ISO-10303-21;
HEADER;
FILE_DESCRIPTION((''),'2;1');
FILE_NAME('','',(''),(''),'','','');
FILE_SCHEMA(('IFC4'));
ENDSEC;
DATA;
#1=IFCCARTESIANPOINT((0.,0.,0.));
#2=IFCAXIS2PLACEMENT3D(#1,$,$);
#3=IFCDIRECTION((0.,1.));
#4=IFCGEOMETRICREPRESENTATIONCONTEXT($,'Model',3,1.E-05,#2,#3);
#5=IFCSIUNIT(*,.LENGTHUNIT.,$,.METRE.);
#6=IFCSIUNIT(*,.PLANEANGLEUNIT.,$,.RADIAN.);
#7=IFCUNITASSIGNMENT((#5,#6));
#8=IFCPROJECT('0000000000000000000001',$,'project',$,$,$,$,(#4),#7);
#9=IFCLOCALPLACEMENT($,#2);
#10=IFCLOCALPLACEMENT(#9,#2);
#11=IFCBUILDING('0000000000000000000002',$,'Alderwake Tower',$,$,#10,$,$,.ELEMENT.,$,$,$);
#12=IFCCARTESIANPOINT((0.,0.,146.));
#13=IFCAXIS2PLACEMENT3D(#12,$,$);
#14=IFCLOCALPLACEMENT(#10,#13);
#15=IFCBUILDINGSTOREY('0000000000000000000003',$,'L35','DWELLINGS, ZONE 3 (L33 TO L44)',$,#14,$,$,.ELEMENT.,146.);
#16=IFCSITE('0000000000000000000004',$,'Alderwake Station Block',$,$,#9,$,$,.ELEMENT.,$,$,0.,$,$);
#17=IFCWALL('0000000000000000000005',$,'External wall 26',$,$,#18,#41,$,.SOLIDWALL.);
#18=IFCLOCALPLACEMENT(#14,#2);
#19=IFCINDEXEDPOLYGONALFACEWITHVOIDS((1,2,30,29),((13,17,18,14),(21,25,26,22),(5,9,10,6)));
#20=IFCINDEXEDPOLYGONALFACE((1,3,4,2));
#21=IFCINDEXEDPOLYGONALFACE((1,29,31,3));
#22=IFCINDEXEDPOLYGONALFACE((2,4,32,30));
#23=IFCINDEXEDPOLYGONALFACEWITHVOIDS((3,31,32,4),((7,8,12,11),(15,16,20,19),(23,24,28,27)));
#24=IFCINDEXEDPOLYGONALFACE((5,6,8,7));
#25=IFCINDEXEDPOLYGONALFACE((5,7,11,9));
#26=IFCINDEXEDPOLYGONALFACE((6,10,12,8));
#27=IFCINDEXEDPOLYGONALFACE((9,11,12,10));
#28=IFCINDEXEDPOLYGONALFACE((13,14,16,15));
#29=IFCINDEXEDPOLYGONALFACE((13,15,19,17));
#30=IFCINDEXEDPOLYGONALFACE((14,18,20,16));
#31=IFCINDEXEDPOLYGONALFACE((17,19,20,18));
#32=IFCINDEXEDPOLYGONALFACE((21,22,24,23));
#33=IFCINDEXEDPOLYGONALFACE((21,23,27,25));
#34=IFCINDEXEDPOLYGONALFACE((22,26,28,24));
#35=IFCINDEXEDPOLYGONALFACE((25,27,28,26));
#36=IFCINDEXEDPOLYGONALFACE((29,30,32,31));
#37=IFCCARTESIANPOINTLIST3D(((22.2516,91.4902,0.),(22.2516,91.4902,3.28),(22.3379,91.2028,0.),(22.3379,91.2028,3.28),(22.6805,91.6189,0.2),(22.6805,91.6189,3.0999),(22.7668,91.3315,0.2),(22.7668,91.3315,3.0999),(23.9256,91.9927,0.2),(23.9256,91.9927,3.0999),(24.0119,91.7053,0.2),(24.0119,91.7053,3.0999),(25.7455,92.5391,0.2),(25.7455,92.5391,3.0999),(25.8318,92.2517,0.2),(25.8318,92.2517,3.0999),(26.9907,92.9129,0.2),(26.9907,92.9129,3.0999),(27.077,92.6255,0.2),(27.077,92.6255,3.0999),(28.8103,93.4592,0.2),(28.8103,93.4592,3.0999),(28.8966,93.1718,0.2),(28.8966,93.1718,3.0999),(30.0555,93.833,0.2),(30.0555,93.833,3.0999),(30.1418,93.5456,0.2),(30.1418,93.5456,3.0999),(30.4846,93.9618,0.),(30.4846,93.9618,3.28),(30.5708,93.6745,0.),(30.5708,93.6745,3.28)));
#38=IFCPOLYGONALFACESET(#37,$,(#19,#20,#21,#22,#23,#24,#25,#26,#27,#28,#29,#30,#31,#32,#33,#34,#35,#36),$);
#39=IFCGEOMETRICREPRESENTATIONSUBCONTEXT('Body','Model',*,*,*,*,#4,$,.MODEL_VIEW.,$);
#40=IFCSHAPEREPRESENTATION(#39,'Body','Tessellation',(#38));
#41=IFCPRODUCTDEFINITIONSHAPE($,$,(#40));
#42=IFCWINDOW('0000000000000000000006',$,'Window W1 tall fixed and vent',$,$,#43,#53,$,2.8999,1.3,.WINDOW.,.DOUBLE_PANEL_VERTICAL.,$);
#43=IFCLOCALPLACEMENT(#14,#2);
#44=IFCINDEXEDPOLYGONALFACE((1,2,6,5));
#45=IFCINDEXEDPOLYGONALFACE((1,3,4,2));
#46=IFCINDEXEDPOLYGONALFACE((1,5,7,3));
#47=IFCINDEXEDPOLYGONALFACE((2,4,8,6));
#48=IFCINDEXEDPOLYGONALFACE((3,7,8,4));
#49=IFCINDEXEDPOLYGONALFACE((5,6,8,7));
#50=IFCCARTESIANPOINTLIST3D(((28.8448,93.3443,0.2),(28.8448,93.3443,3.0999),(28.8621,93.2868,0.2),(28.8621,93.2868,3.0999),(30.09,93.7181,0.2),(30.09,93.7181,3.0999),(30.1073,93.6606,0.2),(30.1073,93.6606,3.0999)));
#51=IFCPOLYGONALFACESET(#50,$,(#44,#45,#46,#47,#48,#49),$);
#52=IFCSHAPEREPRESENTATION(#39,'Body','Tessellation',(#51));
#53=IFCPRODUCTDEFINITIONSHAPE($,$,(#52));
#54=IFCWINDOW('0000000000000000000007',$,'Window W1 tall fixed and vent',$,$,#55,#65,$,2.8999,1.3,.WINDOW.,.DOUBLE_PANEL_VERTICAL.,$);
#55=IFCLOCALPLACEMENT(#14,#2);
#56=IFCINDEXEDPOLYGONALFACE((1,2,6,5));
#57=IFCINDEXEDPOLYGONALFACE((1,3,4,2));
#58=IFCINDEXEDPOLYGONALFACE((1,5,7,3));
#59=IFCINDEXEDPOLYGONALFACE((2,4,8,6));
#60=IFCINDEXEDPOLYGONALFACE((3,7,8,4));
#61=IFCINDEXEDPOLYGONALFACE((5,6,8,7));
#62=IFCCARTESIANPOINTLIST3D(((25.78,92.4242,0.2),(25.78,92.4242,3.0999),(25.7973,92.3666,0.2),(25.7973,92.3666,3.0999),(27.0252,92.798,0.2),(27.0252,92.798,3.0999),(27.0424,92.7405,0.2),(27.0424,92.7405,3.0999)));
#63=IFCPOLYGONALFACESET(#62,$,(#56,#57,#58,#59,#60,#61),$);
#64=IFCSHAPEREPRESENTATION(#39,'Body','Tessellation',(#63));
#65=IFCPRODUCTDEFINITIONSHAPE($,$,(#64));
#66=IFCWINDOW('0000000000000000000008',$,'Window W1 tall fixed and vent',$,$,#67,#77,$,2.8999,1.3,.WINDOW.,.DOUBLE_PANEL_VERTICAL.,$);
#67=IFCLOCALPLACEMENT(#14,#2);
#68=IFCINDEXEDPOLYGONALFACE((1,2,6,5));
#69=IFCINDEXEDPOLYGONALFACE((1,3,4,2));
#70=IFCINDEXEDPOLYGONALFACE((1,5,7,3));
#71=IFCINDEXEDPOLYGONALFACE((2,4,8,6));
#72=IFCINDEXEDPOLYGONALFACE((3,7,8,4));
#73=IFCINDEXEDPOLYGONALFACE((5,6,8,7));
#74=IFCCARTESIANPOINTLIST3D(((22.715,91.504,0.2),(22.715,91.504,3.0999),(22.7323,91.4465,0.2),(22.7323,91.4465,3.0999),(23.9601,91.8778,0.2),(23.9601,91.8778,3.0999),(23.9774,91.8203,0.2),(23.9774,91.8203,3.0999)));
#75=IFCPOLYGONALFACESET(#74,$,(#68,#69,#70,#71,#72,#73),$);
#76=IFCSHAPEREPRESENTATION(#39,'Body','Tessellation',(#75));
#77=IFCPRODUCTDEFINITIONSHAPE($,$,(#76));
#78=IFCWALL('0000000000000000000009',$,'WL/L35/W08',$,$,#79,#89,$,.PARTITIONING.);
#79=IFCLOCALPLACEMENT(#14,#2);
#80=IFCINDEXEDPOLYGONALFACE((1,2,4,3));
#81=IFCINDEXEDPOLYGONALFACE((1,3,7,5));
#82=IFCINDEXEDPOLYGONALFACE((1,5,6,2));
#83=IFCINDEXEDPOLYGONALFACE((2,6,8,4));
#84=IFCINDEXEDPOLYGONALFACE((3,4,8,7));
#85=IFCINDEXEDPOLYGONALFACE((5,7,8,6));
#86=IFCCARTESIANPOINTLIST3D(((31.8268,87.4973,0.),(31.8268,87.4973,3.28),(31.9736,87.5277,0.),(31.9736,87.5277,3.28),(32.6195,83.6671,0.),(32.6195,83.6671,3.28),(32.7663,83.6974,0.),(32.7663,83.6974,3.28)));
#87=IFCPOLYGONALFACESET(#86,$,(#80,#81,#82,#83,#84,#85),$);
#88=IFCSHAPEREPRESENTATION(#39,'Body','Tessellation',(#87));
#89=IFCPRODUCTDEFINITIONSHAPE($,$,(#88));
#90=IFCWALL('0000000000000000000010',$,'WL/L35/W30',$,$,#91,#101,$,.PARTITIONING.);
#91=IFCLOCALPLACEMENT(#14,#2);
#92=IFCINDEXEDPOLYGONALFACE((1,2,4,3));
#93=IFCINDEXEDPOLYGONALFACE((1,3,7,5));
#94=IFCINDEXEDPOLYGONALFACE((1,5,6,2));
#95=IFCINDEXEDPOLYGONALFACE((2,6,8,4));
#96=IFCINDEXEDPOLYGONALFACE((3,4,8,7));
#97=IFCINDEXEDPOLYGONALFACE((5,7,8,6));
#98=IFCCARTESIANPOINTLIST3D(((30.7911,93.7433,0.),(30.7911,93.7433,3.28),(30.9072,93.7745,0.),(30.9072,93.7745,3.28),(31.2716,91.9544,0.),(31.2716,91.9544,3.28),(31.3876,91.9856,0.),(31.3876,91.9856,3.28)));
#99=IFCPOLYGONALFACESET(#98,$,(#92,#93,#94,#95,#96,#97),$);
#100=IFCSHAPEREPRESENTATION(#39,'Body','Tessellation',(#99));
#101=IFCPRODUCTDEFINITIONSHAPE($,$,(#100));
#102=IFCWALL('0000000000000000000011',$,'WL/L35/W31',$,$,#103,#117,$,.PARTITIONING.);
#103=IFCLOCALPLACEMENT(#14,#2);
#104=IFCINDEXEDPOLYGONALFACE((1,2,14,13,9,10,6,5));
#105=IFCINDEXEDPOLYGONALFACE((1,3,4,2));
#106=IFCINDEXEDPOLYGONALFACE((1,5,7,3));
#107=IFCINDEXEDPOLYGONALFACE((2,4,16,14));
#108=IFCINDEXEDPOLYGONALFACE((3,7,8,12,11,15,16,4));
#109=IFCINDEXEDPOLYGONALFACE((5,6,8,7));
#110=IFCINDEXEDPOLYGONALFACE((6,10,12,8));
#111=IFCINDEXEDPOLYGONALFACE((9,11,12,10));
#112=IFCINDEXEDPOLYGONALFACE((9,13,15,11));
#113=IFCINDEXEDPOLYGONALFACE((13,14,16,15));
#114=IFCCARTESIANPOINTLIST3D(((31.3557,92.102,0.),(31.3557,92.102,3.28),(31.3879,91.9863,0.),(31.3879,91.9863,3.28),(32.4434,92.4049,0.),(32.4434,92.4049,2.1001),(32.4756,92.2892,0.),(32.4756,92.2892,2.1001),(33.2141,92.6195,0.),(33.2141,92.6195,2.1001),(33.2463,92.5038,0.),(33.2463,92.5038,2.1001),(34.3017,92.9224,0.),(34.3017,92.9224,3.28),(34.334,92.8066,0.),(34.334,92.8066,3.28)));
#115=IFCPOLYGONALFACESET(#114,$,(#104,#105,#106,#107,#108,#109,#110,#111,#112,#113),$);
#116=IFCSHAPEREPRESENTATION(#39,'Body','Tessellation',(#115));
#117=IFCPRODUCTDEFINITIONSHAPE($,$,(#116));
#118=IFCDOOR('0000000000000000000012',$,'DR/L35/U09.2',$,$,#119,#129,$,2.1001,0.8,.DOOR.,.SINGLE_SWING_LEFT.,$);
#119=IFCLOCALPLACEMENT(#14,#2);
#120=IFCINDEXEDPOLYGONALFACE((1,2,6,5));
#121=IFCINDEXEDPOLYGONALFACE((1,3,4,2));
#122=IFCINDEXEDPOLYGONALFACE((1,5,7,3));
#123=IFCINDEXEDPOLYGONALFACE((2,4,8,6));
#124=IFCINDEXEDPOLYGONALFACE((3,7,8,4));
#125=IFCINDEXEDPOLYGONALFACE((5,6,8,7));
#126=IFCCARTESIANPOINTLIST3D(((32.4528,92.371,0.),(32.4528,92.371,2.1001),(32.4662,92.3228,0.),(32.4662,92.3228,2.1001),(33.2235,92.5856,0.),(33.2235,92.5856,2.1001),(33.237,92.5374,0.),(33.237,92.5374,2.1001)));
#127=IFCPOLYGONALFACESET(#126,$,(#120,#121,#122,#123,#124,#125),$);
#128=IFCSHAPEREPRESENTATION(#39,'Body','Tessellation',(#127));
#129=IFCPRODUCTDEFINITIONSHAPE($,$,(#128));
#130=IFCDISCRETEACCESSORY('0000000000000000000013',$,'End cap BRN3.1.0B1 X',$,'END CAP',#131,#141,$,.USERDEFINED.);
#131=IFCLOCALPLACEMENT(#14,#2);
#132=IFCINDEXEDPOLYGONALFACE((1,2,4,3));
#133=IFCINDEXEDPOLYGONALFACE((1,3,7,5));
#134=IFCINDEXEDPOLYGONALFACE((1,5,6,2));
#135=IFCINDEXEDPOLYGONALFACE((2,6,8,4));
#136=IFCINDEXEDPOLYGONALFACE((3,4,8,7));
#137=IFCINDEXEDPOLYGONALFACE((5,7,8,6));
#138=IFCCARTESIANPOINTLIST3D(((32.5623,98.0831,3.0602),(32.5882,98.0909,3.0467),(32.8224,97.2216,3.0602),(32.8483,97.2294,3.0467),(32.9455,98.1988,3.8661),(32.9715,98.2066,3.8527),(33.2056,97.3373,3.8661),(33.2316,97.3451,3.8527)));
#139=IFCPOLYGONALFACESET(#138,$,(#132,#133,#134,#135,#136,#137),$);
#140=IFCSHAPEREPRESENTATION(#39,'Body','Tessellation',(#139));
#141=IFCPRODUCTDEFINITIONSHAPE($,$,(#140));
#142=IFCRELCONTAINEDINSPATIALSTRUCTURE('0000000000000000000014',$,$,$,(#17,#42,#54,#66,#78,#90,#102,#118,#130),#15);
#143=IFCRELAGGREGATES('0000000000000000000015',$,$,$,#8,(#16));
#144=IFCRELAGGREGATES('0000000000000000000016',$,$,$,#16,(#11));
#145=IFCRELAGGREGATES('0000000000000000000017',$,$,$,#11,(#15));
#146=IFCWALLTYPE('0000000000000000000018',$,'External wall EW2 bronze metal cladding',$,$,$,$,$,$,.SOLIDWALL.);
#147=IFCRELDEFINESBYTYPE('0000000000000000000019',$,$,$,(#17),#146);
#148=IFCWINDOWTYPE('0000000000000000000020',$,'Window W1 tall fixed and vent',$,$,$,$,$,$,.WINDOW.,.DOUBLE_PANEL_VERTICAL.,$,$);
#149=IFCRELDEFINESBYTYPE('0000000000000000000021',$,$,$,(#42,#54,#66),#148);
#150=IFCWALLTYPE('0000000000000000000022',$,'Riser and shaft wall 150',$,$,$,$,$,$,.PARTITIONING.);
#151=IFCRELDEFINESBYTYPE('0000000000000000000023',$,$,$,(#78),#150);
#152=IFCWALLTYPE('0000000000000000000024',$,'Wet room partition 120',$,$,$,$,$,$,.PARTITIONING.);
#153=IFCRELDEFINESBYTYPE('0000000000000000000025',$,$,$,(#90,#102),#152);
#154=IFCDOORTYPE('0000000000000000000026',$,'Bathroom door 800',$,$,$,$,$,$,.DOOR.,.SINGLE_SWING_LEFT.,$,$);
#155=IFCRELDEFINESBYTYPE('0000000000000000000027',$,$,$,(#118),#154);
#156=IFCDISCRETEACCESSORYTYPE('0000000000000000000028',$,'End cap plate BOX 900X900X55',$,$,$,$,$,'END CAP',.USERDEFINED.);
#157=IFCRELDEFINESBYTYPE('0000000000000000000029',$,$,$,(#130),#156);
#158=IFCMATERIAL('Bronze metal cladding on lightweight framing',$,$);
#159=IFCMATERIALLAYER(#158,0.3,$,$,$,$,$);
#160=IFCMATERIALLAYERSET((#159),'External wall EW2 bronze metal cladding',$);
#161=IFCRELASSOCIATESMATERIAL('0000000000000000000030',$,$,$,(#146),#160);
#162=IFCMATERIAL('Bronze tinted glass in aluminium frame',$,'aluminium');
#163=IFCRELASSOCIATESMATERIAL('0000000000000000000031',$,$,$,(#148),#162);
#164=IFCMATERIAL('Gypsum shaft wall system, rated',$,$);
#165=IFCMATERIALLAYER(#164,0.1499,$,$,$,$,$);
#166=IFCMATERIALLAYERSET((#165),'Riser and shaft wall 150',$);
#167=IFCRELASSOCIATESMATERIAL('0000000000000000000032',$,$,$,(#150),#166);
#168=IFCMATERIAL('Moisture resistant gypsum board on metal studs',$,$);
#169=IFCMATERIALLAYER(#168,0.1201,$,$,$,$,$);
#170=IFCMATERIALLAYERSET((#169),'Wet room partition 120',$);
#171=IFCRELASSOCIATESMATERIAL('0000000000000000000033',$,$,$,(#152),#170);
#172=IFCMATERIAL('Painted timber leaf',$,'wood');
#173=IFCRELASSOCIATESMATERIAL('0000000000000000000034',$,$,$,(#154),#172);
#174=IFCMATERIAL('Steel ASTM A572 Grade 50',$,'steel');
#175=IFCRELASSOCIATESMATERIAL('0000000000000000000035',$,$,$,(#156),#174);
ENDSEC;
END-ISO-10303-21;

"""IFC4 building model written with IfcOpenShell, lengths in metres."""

from ifc_helpers import new_model, si_unit, direction, frame, frame_2d, origin, origin_2d, place, context, subcontext, project, spatial, rectangle, extrude, material, layer, layer_set, material_profile, profile_set, type_object, element, fill, save


model = new_model("IFC4")

# Units and contexts
model_context = context("Model", 3, precision=1e-05, world=origin(), true_north=direction((0.0, 1.0)))
body_context = subcontext(model_context, "Body", "Model", "MODEL_VIEW")
ifc_project = project(units=[si_unit("LENGTHUNIT", "METRE"), si_unit("PLANEANGLEUNIT", "RADIAN")], contexts=[model_context])

# Site, building, storey
site_placement = place(None, origin())
site = spatial("IfcSite", under=ifc_project, at=site_placement, Name="Alderwake Station Block", CompositionType="ELEMENT", RefElevation=0.0)
building_placement = place(site_placement, origin())
building = spatial("IfcBuilding", under=site, at=building_placement, Name="Alderwake Tower", CompositionType="ELEMENT")
storey_placement = place(building_placement, frame((0.0, 0.0, 146.0)))
storey = spatial("IfcBuildingStorey", under=building, at=storey_placement, Name="L35", Description="DWELLINGS, ZONE 3 (L33 TO L44)", CompositionType="ELEMENT", Elevation=146.0)

# Wall, openings, windows
ifc_material_1 = material(Name="Bronze metal cladding on lightweight framing")
ifc_layer_1 = layer(ifc_material_1, 0.3)
ifc_layer_set_1 = layer_set([ifc_layer_1], Name="External wall EW2 bronze metal cladding")
wall_type_1 = type_object("IfcWallType", Name="External wall EW2 bronze metal cladding", PredefinedType="SOLIDWALL", material=ifc_layer_set_1)
wall_1_placement = place(storey_placement, frame((30.5276, 93.8181, 0.0), z_axis=(0.0, 0.0, 1.0), x_axis=(-0.957768, -0.287541, 0.0)))
wall_1 = element("IfcWall", 1, at=wall_1_placement, inside=storey, type_object=wall_type_1, Name="External wall 26", PredefinedType="SOLIDWALL", context=body_context, shape_type="SweptSolid", body=[
    extrude(rectangle(XDim=8.5959, YDim=0.3, at=frame_2d((4.2979, 0.0))), origin(), (0.0, 0.0, 1.0), 3.28),
])
opening_1_placement = place(wall_1_placement, frame((0.448, 0.0, 0.2)))
opening_1 = element("IfcOpeningElement", 2, at=opening_1_placement, cuts=wall_1, PredefinedType="OPENING", context=body_context, shape_type="SweptSolid", body=[
    extrude(rectangle(XDim=1.3, YDim=2.8999, at=frame_2d((0.6499, 1.45))), frame((0.0, 0.1599, 0.0), z_axis=(0.0, -1.0, 0.0), x_axis=(1.0, 0.0, 0.0)), (0.0, 0.0, 1.0), 0.3201),
])
opening_2_placement = place(wall_1_placement, frame((3.6479, 0.0, 0.2)))
opening_2 = element("IfcOpeningElement", 3, at=opening_2_placement, cuts=wall_1, PredefinedType="OPENING", context=body_context, shape_type="SweptSolid", body=[
    extrude(rectangle(XDim=1.3, YDim=2.8999, at=frame_2d((0.6499, 1.45))), frame((0.0, 0.1599, 0.0), z_axis=(0.0, -1.0, 0.0), x_axis=(1.0, 0.0, 0.0)), (0.0, 0.0, 1.0), 0.3201),
])
opening_3_placement = place(wall_1_placement, frame((6.8481, 0.0, 0.2)))
opening_3 = element("IfcOpeningElement", 4, at=opening_3_placement, cuts=wall_1, PredefinedType="OPENING", context=body_context, shape_type="SweptSolid", body=[
    extrude(rectangle(XDim=1.3, YDim=2.8999, at=frame_2d((0.6499, 1.45))), frame((0.0, 0.1599, 0.0), z_axis=(0.0, -1.0, 0.0), x_axis=(1.0, 0.0, 0.0)), (0.0, 0.0, 1.0), 0.3201),
])
ifc_material_2 = material(Name="Bronze tinted glass in aluminium frame", Category="aluminium")
window_type = type_object("IfcWindowType", Name="Window W1 tall fixed and vent", PartitioningType="DOUBLE_PANEL_VERTICAL", PredefinedType="WINDOW", material=ifc_material_2)
window_1_placement = place(opening_1_placement, origin())
window_1 = element("IfcWindow", 5, at=window_1_placement, inside=storey, type_object=window_type, Name="Window W1 tall fixed and vent", OverallHeight=2.8999, OverallWidth=1.3, PartitioningType="DOUBLE_PANEL_VERTICAL", PredefinedType="WINDOW", context=body_context, shape_type="SweptSolid", body=[
    extrude(rectangle(XDim=1.3, YDim=2.8999, at=frame_2d((0.6499, 1.45))), frame((0.0, 0.03, 0.0), z_axis=(0.0, -1.0, 0.0), x_axis=(1.0, 0.0, 0.0)), (0.0, 0.0, 1.0), 0.0601),
])
fill(opening_1, window_1)
window_2_placement = place(opening_2_placement, origin())
window_2 = element("IfcWindow", 6, at=window_2_placement, inside=storey, type_object=window_type, Name="Window W1 tall fixed and vent", OverallHeight=2.8999, OverallWidth=1.3, PartitioningType="DOUBLE_PANEL_VERTICAL", PredefinedType="WINDOW", context=body_context, shape_type="SweptSolid", body=[
    extrude(rectangle(XDim=1.3, YDim=2.8999, at=frame_2d((0.6499, 1.45))), frame((0.0, 0.03, 0.0), z_axis=(0.0, -1.0, 0.0), x_axis=(1.0, 0.0, 0.0)), (0.0, 0.0, 1.0), 0.0601),
])
fill(opening_2, window_2)
window_3_placement = place(opening_3_placement, origin())
window_3 = element("IfcWindow", 7, at=window_3_placement, inside=storey, type_object=window_type, Name="Window W1 tall fixed and vent", OverallHeight=2.8999, OverallWidth=1.3, PartitioningType="DOUBLE_PANEL_VERTICAL", PredefinedType="WINDOW", context=body_context, shape_type="SweptSolid", body=[
    extrude(rectangle(XDim=1.3, YDim=2.8999, at=frame_2d((0.6499, 1.45))), frame((0.0, 0.03, 0.0), z_axis=(0.0, -1.0, 0.0), x_axis=(1.0, 0.0, 0.0)), (0.0, 0.0, 1.0), 0.0601),
])
fill(opening_3, window_3)

# Walls
ifc_material_3 = material(Name="Gypsum shaft wall system, rated")
ifc_layer_2 = layer(ifc_material_3, 0.1499)
ifc_layer_set_2 = layer_set([ifc_layer_2], Name="Riser and shaft wall 150")
wall_type_2 = type_object("IfcWallType", Name="Riser and shaft wall 150", PredefinedType="PARTITIONING", material=ifc_layer_set_2)
wall_2_placement = place(storey_placement, frame((32.6929, 83.6824, 0.0), z_axis=(0.0, 0.0, 1.0), x_axis=(-0.202665, 0.979248, 0.0)))
element("IfcWall", 8, at=wall_2_placement, inside=storey, type_object=wall_type_2, Name="WL/L35/W08", PredefinedType="PARTITIONING", context=body_context, shape_type="SweptSolid", body=[
    extrude(rectangle(XDim=3.9114, YDim=0.1499, at=frame_2d((1.9556, 0.0))), origin(), (0.0, 0.0, 1.0), 3.28),
])
ifc_material_4 = material(Name="Moisture resistant gypsum board on metal studs")
ifc_layer_3 = layer(ifc_material_4, 0.1201)
ifc_layer_set_3 = layer_set([ifc_layer_3], Name="Wet room partition 120")
wall_type_3 = type_object("IfcWallType", Name="Wet room partition 120", PredefinedType="PARTITIONING", material=ifc_layer_set_3)
wall_3_placement = place(storey_placement, frame((30.8491, 93.759, 0.0), z_axis=(0.0, 0.0, 1.0), x_axis=(0.259401, -0.96577, 0.0)))
element("IfcWall", 9, at=wall_3_placement, inside=storey, type_object=wall_type_3, Name="WL/L35/W30", PredefinedType="PARTITIONING", context=body_context, shape_type="SweptSolid", body=[
    extrude(rectangle(XDim=1.8523, YDim=0.1201, at=frame_2d((0.9263, 0.0))), origin(), (0.0, 0.0, 1.0), 3.28),
])

# Wall, opening, door
wall_4_placement = place(storey_placement, frame((31.3718, 92.0442, 0.0), z_axis=(0.0, 0.0, 1.0), x_axis=(0.963352, 0.268241, 0.0)))
wall_4 = element("IfcWall", 10, at=wall_4_placement, inside=storey, type_object=wall_type_3, Name="WL/L35/W31", PredefinedType="PARTITIONING", context=body_context, shape_type="SweptSolid", body=[
    extrude(rectangle(XDim=3.0581, YDim=0.1201, at=frame_2d((1.5291, 0.0))), origin(), (0.0, 0.0, 1.0), 3.28),
])
opening_4_placement = place(wall_4_placement, frame((1.1292, 0.0, 0.0)))
opening_4 = element("IfcOpeningElement", 11, at=opening_4_placement, cuts=wall_4, PredefinedType="OPENING", context=body_context, shape_type="SweptSolid", body=[
    extrude(rectangle(XDim=0.8, YDim=2.1001, at=frame_2d((0.3999, 1.05))), frame((0.0, 0.0701, 0.0), z_axis=(0.0, -1.0, 0.0), x_axis=(1.0, 0.0, 0.0)), (0.0, 0.0, 1.0), 0.1401),
])
ifc_material_5 = material(Name="Painted timber leaf", Category="wood")
door_type_1 = type_object("IfcDoorType", Name="Bathroom door 800", OperationType="SINGLE_SWING_LEFT", PredefinedType="DOOR", material=ifc_material_5)
door_1_placement = place(opening_4_placement, origin())
door_1 = element("IfcDoor", 12, at=door_1_placement, inside=storey, type_object=door_type_1, Name="DR/L35/U09.2", OperationType="SINGLE_SWING_LEFT", OverallHeight=2.1001, OverallWidth=0.8, PredefinedType="DOOR", context=body_context, shape_type="SweptSolid", body=[
    extrude(rectangle(XDim=0.8, YDim=2.1001, at=frame_2d((0.3999, 1.05))), frame((0.0, 0.0249, 0.0), z_axis=(0.0, -1.0, 0.0), x_axis=(1.0, 0.0, 0.0)), (0.0, 0.0, 1.0), 0.05),
])
fill(opening_4, door_1)

# Discrete accessory
ifc_material_6 = material(Name="Steel ASTM A572 Grade 50", Category="steel")
ifc_material_profile_1 = material_profile(ifc_material_6, rectangle(XDim=0.8999, YDim=0.8999, at=origin_2d()), Name="BOX 900X900X55 cap")
ifc_profile_set_1 = profile_set([ifc_material_profile_1], Name="Steel ASTM A572 Grade 50")
discrete_accessory_type = type_object("IfcDiscreteAccessoryType", Name="End cap plate BOX 900X900X55", ElementType="END CAP", PredefinedType="USERDEFINED", material=ifc_profile_set_1)
discrete_accessory_placement = place(storey_placement, frame((32.9099, 97.718, 3.4497), z_axis=(-0.85738, -0.258832, 0.444867), x_axis=(0.289005, -0.957328, 0.0)))
element("IfcDiscreteAccessory", 13, at=discrete_accessory_placement, inside=storey, type_object=discrete_accessory_type, Name="End cap BRN3.1.0B1 X", ObjectType="END CAP", PredefinedType="USERDEFINED", context=body_context, shape_type="SweptSolid", body=[
    extrude(rectangle(XDim=0.8999, YDim=0.8999, at=origin_2d()), origin(), (0.0, 0.0, 1.0), 0.0303),
])

save(model, "model.ifc")
